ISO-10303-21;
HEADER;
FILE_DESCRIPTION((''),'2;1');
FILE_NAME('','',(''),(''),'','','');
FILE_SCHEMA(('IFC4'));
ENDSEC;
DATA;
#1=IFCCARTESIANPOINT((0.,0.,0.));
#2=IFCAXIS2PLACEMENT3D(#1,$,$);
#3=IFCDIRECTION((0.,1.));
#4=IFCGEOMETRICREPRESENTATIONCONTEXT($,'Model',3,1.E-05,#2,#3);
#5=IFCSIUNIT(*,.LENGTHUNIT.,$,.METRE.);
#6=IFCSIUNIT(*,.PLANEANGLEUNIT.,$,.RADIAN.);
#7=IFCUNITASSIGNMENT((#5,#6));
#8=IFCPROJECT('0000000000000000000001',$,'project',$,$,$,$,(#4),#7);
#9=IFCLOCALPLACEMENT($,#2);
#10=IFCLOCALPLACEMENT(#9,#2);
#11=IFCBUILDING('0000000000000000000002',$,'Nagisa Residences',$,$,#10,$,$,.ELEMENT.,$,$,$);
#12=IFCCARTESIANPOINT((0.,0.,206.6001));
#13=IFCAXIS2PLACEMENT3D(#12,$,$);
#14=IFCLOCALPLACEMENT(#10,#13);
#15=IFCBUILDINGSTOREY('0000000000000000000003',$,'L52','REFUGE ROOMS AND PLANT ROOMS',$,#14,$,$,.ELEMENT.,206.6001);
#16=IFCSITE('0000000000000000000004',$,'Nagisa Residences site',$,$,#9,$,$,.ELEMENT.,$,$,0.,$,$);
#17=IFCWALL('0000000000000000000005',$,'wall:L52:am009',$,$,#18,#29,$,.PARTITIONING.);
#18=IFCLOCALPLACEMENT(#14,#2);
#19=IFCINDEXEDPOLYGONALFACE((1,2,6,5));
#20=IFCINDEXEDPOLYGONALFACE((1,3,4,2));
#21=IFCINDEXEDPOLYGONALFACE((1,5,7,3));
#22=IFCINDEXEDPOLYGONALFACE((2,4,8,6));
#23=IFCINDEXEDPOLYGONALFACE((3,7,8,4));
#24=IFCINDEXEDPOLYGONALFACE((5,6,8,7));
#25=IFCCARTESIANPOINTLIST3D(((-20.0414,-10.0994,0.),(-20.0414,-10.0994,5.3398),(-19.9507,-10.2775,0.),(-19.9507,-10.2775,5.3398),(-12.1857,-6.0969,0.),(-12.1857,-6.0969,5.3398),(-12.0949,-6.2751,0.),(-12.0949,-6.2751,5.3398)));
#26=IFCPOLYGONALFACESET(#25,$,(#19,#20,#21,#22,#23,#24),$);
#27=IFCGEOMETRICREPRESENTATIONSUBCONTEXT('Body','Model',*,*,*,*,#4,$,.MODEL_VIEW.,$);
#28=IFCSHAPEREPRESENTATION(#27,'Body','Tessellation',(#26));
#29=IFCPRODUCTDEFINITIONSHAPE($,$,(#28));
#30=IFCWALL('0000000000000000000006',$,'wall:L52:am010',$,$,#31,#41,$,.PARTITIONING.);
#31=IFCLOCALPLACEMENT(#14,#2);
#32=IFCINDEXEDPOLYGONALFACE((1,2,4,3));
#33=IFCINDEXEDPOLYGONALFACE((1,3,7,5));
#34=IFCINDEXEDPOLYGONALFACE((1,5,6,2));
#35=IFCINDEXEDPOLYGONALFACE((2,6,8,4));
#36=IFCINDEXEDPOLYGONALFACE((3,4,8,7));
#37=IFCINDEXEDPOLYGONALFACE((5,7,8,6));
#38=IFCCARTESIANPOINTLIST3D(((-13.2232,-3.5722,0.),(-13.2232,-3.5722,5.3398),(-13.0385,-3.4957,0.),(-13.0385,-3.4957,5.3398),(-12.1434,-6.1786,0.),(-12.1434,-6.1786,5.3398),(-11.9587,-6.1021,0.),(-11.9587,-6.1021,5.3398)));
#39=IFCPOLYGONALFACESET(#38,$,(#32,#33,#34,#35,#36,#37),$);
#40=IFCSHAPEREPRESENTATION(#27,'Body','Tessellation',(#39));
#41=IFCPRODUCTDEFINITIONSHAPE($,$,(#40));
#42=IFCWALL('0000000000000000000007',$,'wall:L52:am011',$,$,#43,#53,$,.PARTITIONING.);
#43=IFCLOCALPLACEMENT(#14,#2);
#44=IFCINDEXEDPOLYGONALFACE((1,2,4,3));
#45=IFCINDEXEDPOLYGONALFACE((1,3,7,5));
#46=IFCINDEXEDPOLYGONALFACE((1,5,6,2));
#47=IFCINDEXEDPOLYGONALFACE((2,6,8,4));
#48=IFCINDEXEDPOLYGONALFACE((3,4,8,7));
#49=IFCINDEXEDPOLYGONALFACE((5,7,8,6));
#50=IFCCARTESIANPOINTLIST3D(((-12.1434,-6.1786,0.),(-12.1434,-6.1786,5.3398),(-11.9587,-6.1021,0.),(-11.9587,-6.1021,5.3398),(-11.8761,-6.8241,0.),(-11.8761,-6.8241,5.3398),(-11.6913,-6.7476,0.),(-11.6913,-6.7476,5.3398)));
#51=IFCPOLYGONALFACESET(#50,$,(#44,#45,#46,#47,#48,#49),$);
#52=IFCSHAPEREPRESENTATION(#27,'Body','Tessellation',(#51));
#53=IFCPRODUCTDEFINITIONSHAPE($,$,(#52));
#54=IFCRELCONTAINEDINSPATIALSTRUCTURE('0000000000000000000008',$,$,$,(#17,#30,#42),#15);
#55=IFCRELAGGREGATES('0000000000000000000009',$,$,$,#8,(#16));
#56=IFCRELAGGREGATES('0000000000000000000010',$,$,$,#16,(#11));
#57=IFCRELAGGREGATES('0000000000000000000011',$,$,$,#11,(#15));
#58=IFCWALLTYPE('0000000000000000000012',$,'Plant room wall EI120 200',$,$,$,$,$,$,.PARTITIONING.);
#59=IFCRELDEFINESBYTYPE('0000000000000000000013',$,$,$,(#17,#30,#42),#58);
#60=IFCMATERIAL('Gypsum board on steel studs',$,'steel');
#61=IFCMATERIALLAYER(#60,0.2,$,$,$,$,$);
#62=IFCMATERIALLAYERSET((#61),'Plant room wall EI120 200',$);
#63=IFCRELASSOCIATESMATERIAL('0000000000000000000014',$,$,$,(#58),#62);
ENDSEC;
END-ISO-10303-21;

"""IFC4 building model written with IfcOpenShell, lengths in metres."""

from ifc_helpers import new_model, si_unit, direction, frame, frame_2d, origin, place, context, subcontext, project, spatial, rectangle, extrude, material, layer, layer_set, type_object, element, save


model = new_model("IFC4")

# Units and contexts
model_context = context("Model", 3, precision=1e-05, world=origin(), true_north=direction((0.0, 1.0)))
body_context = subcontext(model_context, "Body", "Model", "MODEL_VIEW")
ifc_project = project(units=[si_unit("LENGTHUNIT", "METRE"), si_unit("PLANEANGLEUNIT", "RADIAN")], contexts=[model_context])

# Site, building, storey
site_placement = place(None, origin())
site = spatial("IfcSite", under=ifc_project, at=site_placement, Name="Nagisa Residences site", CompositionType="ELEMENT", RefElevation=0.0)
building_placement = place(site_placement, origin())
building = spatial("IfcBuilding", under=site, at=building_placement, Name="Nagisa Residences", CompositionType="ELEMENT")
storey_placement = place(building_placement, frame((0.0, 0.0, 206.6001)))
storey = spatial("IfcBuildingStorey", under=building, at=storey_placement, Name="L52", Description="REFUGE ROOMS AND PLANT ROOMS", CompositionType="ELEMENT", Elevation=206.6001)

# Shared definitions
ifc_material_1 = material(Name="Gypsum board on steel studs", Category="steel")
ifc_layer_1 = layer(ifc_material_1, 0.2)
ifc_layer_set_1 = layer_set([ifc_layer_1], Name="Plant room wall EI120 200")
wall_type_1 = type_object("IfcWallType", Name="Plant room wall EI120 200", PredefinedType="PARTITIONING", material=ifc_layer_set_1)

# Walls
wall_1_placement = place(storey_placement, frame((-12.1404, -6.186, 0.0), z_axis=(0.0, 0.0, 1.0), x_axis=(-0.891018, -0.453969, 0.0)))
element("IfcWall", 1, at=wall_1_placement, inside=storey, type_object=wall_type_1, Name="wall:L52:am009", PredefinedType="PARTITIONING", context=body_context, shape_type="SweptSolid", body=[
    extrude(rectangle(XDim=8.8167, YDim=0.2, at=frame_2d((4.4082, 0.0))), origin(), (0.0, 0.0, 1.0), 5.3398),
])
wall_2_placement = place(storey_placement, frame((-12.051, -6.1404, 0.0), z_axis=(0.0, 0.0, 1.0), x_axis=(-0.382747, 0.923853, 0.0)))
element("IfcWall", 2, at=wall_2_placement, inside=storey, type_object=wall_type_1, Name="wall:L52:am010", PredefinedType="PARTITIONING", context=body_context, shape_type="SweptSolid", body=[
    extrude(rectangle(XDim=2.8213, YDim=0.2, at=frame_2d((1.4106, 0.0))), origin(), (0.0, 0.0, 1.0), 5.3398),
])
wall_3_placement = place(storey_placement, frame((-11.7837, -6.7859, 0.0), z_axis=(0.0, 0.0, 1.0), x_axis=(-0.38263, 0.923902, 0.0)))
element("IfcWall", 3, at=wall_3_placement, inside=storey, type_object=wall_type_1, Name="wall:L52:am011", PredefinedType="PARTITIONING", context=body_context, shape_type="SweptSolid", body=[
    extrude(rectangle(XDim=0.6987, YDim=0.2, at=frame_2d((0.3494, 0.0))), origin(), (0.0, 0.0, 1.0), 5.3398),
])

save(model, "model.ifc")
